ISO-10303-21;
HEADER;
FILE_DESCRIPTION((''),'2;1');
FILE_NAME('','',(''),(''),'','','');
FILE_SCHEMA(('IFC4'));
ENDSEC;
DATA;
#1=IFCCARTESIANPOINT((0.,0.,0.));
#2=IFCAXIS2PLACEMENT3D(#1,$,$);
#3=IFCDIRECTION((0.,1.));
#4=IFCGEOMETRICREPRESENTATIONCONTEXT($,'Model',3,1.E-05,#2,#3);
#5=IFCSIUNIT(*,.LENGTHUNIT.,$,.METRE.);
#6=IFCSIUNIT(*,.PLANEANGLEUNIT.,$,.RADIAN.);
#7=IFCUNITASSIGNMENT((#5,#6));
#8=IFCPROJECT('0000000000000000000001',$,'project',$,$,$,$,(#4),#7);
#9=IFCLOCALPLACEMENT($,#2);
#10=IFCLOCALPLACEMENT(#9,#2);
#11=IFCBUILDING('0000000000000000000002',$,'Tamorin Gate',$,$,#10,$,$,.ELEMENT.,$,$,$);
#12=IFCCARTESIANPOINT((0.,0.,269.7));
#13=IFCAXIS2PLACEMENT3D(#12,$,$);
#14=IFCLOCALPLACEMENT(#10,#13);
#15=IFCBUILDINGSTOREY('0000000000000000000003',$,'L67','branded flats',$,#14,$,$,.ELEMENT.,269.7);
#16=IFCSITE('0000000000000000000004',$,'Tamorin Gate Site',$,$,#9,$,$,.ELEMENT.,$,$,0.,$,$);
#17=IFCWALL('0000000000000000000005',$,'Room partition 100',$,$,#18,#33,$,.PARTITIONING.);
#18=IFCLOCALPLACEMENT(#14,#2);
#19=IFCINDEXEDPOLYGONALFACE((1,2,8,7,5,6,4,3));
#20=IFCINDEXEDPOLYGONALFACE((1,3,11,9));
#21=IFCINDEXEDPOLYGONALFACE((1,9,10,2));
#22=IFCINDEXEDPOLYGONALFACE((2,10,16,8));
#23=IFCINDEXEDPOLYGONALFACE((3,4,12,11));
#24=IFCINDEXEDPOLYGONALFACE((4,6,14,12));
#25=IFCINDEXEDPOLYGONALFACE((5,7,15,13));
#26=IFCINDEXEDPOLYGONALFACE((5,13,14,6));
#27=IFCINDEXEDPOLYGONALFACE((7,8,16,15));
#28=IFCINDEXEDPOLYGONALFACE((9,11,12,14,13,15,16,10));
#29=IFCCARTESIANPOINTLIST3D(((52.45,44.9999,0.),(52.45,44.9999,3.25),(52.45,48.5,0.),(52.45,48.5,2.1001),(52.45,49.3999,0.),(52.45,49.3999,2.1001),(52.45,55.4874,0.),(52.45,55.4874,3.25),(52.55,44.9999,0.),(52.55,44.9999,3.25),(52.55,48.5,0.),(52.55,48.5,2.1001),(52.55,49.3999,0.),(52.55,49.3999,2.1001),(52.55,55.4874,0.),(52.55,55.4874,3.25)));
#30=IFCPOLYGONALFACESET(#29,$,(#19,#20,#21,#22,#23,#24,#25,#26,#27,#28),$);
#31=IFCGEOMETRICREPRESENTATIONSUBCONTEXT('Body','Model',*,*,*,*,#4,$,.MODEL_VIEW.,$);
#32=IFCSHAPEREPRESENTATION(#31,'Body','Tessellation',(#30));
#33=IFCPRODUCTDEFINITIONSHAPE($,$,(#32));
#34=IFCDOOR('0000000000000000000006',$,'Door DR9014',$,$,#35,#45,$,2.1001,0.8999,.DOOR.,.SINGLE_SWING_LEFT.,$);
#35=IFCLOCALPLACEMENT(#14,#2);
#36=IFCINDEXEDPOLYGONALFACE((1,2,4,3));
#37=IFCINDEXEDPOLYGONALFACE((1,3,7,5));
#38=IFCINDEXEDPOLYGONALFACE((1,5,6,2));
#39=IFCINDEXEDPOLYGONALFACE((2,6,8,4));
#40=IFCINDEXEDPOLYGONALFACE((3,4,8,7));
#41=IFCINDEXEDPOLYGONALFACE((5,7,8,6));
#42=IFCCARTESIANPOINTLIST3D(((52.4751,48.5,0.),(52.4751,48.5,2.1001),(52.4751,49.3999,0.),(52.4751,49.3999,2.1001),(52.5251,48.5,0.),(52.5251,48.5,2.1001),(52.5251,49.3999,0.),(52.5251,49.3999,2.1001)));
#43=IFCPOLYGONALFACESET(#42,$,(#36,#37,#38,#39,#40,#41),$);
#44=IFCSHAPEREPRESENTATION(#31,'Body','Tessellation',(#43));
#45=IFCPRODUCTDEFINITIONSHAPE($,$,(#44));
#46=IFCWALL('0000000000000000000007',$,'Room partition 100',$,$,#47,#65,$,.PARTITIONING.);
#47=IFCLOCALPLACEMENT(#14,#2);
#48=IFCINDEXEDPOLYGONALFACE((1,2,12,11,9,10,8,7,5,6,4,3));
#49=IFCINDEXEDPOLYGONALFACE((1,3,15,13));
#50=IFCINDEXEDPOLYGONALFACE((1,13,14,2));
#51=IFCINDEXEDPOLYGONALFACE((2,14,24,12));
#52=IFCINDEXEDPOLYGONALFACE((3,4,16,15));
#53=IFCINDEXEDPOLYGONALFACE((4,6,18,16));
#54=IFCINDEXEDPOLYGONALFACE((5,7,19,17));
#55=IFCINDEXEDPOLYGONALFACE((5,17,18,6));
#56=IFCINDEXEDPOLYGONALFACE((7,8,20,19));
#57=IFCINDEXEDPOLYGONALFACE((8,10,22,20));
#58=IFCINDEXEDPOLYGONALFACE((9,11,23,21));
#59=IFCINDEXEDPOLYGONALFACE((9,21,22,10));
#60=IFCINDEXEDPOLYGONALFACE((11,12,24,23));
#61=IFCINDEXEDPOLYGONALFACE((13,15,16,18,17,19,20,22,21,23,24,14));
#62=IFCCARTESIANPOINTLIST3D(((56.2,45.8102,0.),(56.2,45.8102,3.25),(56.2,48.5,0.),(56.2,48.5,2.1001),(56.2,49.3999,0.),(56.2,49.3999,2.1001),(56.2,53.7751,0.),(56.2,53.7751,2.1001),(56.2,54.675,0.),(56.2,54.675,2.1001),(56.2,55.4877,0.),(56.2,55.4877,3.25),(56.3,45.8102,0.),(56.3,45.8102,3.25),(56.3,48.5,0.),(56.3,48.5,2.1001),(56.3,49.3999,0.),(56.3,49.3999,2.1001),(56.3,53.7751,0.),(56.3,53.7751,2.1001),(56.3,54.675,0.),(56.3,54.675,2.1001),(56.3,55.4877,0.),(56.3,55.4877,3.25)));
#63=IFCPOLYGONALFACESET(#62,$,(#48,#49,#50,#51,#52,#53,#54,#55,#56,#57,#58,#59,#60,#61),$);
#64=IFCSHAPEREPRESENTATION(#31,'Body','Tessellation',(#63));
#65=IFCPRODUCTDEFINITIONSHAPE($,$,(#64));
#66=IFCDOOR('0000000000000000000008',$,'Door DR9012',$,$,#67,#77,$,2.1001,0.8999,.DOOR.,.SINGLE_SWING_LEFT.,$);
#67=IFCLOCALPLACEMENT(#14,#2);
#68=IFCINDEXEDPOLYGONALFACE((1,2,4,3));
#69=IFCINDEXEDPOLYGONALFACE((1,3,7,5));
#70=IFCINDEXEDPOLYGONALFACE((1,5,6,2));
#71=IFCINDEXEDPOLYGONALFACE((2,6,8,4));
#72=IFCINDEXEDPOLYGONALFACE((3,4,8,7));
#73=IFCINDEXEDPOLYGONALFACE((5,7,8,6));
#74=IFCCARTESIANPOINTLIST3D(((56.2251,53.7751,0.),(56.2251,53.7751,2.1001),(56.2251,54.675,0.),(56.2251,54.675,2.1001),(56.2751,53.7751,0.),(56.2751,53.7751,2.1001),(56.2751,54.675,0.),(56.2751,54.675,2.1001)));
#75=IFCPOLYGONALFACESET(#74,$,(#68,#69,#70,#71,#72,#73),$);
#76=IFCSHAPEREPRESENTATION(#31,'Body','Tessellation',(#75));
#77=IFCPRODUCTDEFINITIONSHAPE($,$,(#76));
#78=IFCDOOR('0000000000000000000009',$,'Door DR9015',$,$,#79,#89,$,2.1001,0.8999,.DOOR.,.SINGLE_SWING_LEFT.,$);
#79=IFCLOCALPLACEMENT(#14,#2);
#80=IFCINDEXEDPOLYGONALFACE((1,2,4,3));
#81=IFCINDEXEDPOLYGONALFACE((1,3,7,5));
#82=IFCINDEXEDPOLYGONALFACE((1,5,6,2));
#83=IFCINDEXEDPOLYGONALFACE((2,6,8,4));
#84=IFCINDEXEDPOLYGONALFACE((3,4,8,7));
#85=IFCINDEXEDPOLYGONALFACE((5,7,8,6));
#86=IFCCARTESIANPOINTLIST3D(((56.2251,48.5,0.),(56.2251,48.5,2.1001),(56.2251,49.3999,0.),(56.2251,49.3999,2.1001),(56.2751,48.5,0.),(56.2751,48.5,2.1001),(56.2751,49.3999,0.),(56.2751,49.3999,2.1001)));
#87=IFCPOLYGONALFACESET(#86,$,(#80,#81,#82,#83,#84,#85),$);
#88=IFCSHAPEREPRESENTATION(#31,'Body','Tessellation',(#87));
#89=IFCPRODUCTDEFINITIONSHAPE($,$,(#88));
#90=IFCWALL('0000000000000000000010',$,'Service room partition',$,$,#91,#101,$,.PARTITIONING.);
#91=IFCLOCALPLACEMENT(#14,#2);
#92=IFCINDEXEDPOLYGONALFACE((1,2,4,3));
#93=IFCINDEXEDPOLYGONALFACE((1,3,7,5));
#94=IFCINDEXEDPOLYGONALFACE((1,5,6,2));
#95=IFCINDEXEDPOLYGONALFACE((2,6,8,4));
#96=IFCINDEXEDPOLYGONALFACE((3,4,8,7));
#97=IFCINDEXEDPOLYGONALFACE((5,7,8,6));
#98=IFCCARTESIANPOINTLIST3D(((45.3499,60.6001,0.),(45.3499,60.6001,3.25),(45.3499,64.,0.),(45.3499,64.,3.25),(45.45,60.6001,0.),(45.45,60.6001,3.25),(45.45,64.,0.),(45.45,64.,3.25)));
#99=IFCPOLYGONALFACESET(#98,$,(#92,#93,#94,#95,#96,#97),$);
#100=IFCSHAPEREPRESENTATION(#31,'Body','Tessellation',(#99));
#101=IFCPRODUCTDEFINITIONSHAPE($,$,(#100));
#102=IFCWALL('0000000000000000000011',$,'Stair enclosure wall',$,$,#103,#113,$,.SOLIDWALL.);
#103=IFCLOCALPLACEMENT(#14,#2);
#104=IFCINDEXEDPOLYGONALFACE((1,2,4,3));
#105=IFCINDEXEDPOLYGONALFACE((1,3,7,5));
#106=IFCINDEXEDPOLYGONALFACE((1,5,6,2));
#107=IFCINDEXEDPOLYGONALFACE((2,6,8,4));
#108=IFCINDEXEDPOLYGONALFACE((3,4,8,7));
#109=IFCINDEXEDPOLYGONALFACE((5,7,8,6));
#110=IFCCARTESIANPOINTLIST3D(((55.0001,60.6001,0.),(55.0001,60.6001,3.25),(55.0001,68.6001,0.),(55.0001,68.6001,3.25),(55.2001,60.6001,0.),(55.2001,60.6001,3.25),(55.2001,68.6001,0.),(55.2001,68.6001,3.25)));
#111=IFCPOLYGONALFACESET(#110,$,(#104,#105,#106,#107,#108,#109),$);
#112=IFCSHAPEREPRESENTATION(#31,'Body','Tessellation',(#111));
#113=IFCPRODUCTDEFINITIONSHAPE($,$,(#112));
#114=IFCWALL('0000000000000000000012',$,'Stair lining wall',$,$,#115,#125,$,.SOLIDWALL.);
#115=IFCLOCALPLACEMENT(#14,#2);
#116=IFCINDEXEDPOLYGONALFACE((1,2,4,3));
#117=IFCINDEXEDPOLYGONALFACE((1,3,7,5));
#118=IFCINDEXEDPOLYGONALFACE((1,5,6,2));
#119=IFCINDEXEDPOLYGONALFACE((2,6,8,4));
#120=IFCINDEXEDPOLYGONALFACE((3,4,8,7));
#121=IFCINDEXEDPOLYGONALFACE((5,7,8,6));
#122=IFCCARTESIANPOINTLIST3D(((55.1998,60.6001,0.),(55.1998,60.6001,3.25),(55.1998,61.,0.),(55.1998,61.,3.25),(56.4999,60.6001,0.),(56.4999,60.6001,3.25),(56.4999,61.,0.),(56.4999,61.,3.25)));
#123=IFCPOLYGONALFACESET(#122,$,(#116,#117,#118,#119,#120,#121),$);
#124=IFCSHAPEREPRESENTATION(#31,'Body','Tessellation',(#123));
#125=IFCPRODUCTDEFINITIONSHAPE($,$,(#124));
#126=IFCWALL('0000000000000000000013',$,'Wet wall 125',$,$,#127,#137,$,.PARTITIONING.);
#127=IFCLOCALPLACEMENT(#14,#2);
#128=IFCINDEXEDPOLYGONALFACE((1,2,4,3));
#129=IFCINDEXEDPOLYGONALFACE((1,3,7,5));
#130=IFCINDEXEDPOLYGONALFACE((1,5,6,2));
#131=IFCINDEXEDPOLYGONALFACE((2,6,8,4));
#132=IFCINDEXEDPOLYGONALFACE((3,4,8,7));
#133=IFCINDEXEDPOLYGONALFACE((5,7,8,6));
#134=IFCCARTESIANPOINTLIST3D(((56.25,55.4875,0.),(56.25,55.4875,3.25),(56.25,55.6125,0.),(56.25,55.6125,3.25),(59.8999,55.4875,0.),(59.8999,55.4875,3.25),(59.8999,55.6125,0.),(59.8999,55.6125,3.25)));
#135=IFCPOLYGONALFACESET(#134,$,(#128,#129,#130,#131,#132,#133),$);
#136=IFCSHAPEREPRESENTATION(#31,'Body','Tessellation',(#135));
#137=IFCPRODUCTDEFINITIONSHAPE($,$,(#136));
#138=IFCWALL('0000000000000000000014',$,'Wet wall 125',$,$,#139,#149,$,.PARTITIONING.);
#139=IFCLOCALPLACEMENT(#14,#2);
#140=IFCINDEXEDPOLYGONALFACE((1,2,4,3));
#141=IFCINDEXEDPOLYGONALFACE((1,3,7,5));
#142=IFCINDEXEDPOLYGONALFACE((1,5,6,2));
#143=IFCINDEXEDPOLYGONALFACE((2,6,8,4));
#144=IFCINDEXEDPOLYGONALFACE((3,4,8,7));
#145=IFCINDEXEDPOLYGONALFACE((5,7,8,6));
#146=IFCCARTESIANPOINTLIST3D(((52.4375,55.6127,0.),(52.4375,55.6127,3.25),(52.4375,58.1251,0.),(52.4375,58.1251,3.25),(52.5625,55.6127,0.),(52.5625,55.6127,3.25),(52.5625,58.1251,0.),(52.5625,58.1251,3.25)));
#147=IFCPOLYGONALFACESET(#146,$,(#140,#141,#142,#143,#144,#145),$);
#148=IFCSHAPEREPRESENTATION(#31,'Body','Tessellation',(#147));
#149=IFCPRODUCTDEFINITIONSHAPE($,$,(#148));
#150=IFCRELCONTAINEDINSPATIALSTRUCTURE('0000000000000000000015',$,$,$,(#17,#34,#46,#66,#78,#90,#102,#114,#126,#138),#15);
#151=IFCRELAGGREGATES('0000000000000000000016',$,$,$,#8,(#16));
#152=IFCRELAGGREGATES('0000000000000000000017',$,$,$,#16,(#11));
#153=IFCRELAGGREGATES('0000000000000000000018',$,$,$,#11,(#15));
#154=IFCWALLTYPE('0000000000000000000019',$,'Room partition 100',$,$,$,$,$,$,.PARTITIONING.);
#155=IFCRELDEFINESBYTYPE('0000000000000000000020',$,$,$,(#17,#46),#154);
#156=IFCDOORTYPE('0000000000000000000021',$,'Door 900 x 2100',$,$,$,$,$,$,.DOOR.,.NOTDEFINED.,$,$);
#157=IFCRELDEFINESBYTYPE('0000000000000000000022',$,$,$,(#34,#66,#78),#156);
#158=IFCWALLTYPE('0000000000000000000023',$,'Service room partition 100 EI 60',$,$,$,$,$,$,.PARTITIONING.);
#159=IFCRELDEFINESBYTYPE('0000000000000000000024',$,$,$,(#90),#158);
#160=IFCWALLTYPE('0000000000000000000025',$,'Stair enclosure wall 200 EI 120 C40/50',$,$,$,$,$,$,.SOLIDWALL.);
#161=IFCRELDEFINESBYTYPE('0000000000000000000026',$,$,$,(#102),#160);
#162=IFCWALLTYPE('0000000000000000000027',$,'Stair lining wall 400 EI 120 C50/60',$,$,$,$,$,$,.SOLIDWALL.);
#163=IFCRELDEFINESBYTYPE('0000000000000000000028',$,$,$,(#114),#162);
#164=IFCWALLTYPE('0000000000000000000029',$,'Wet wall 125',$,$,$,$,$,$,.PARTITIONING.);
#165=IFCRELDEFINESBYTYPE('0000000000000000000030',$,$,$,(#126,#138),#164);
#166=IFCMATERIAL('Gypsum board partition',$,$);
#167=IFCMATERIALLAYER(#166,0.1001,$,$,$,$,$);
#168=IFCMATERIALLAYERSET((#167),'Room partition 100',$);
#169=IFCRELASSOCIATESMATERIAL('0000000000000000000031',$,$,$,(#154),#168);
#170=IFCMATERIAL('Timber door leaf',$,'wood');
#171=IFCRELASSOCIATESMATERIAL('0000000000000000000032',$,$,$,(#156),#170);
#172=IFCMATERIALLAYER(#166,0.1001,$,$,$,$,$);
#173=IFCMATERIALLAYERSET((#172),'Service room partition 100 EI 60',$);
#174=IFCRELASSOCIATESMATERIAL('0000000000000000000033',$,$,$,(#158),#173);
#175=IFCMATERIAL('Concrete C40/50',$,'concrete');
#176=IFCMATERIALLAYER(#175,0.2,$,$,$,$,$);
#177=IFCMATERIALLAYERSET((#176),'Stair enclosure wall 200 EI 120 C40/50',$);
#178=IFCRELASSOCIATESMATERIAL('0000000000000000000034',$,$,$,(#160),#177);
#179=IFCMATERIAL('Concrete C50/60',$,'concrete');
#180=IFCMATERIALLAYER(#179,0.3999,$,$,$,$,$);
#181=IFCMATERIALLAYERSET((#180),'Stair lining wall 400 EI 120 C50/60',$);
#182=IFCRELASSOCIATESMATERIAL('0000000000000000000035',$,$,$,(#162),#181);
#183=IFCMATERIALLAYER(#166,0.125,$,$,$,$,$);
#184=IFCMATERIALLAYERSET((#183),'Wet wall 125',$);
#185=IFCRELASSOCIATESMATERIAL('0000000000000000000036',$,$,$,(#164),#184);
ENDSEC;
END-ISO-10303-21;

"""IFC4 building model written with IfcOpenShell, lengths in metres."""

from ifc_helpers import new_model, si_unit, direction, frame, frame_2d, origin, place, context, subcontext, project, spatial, rectangle, extrude, material, layer, layer_set, type_object, element, fill, save


model = new_model("IFC4")

# Units and contexts
model_context = context("Model", 3, precision=1e-05, world=origin(), true_north=direction((0.0, 1.0)))
body_context = subcontext(model_context, "Body", "Model", "MODEL_VIEW")
ifc_project = project(units=[si_unit("LENGTHUNIT", "METRE"), si_unit("PLANEANGLEUNIT", "RADIAN")], contexts=[model_context])

# Site, building, storey
site_placement = place(None, origin())
site = spatial("IfcSite", under=ifc_project, at=site_placement, Name="Tamorin Gate Site", CompositionType="ELEMENT", RefElevation=0.0)
building_placement = place(site_placement, origin())
building = spatial("IfcBuilding", under=site, at=building_placement, Name="Tamorin Gate", CompositionType="ELEMENT")
storey_placement = place(building_placement, frame((0.0, 0.0, 269.7)))
storey = spatial("IfcBuildingStorey", under=building, at=storey_placement, Name="L67", Description="branded flats", CompositionType="ELEMENT", Elevation=269.7)

# Shared definitions
ifc_material_1 = material(Name="Concrete C50/60", Category="concrete")

# Shared definitions
ifc_material_2 = material(Name="Gypsum board partition")

# Wall, opening, door
ifc_layer_1 = layer(ifc_material_2, 0.1001)
ifc_layer_set_1 = layer_set([ifc_layer_1], Name="Room partition 100")
wall_type_1 = type_object("IfcWallType", Name="Room partition 100", PredefinedType="PARTITIONING", material=ifc_layer_set_1)
wall_1_placement = place(storey_placement, frame((52.5, 45.0, 0.0), z_axis=(0.0, 0.0, 1.0), x_axis=(0.0, 1.0, 0.0)))
wall_1 = element("IfcWall", 1, at=wall_1_placement, inside=storey, type_object=wall_type_1, Name="Room partition 100", PredefinedType="PARTITIONING", context=body_context, shape_type="SweptSolid", body=[
    extrude(rectangle(XDim=10.4875, YDim=0.1001, at=frame_2d((5.2437, 0.0))), origin(), (0.0, 0.0, 1.0), 3.25),
])
opening_1_placement = place(wall_1_placement, frame((3.5, 0.0, 0.0)))
opening_1 = element("IfcOpeningElement", 2, at=opening_1_placement, cuts=wall_1, PredefinedType="OPENING", context=body_context, shape_type="SweptSolid", body=[
    extrude(rectangle(XDim=0.8999, YDim=2.1001, at=frame_2d((0.45, 1.05))), frame((0.0, 0.0601, 0.0), z_axis=(0.0, -1.0, 0.0), x_axis=(1.0, 0.0, 0.0)), (0.0, 0.0, 1.0), 0.1201),
])
ifc_material_3 = material(Name="Timber door leaf", Category="wood")
door_type = type_object("IfcDoorType", Name="Door 900 x 2100", OperationType="NOTDEFINED", PredefinedType="DOOR", material=ifc_material_3)
door_1_placement = place(opening_1_placement, origin())
door_1 = element("IfcDoor", 3, at=door_1_placement, inside=storey, type_object=door_type, Name="Door DR9014", OperationType="SINGLE_SWING_LEFT", OverallHeight=2.1001, OverallWidth=0.8999, PredefinedType="DOOR", context=body_context, shape_type="SweptSolid", body=[
    extrude(rectangle(XDim=0.8999, YDim=2.1001, at=frame_2d((0.45, 1.05))), frame((0.0, 0.0249, 0.0), z_axis=(0.0, -1.0, 0.0), x_axis=(1.0, 0.0, 0.0)), (0.0, 0.0, 1.0), 0.05),
])
fill(opening_1, door_1)

# Wall, openings, doors
wall_2_placement = place(storey_placement, frame((56.25, 45.8101, 0.0), z_axis=(0.0, 0.0, 1.0), x_axis=(0.0, 1.0, 0.0)))
wall_2 = element("IfcWall", 4, at=wall_2_placement, inside=storey, type_object=wall_type_1, Name="Room partition 100", PredefinedType="PARTITIONING", context=body_context, shape_type="SweptSolid", body=[
    extrude(rectangle(XDim=9.6775, YDim=0.1001, at=frame_2d((4.8389, 0.0))), origin(), (0.0, 0.0, 1.0), 3.25),
])
opening_2_placement = place(wall_2_placement, frame((7.9651, 0.0, 0.0)))
opening_2 = element("IfcOpeningElement", 5, at=opening_2_placement, cuts=wall_2, PredefinedType="OPENING", context=body_context, shape_type="SweptSolid", body=[
    extrude(rectangle(XDim=0.8999, YDim=2.1001, at=frame_2d((0.45, 1.05))), frame((0.0, 0.0601, 0.0), z_axis=(0.0, -1.0, 0.0), x_axis=(1.0, 0.0, 0.0)), (0.0, 0.0, 1.0), 0.1201),
])
opening_3_placement = place(wall_2_placement, frame((2.6899, 0.0, 0.0)))
opening_3 = element("IfcOpeningElement", 6, at=opening_3_placement, cuts=wall_2, PredefinedType="OPENING", context=body_context, shape_type="SweptSolid", body=[
    extrude(rectangle(XDim=0.8999, YDim=2.1001, at=frame_2d((0.45, 1.05))), frame((0.0, 0.0601, 0.0), z_axis=(0.0, -1.0, 0.0), x_axis=(1.0, 0.0, 0.0)), (0.0, 0.0, 1.0), 0.1201),
])
door_2_placement = place(opening_2_placement, origin())
door_2 = element("IfcDoor", 7, at=door_2_placement, inside=storey, type_object=door_type, Name="Door DR9012", OperationType="SINGLE_SWING_LEFT", OverallHeight=2.1001, OverallWidth=0.8999, PredefinedType="DOOR", context=body_context, shape_type="SweptSolid", body=[
    extrude(rectangle(XDim=0.8999, YDim=2.1001, at=frame_2d((0.45, 1.05))), frame((0.0, 0.0249, 0.0), z_axis=(0.0, -1.0, 0.0), x_axis=(1.0, 0.0, 0.0)), (0.0, 0.0, 1.0), 0.05),
])
fill(opening_2, door_2)
door_3_placement = place(opening_3_placement, origin())
door_3 = element("IfcDoor", 8, at=door_3_placement, inside=storey, type_object=door_type, Name="Door DR9015", OperationType="SINGLE_SWING_LEFT", OverallHeight=2.1001, OverallWidth=0.8999, PredefinedType="DOOR", context=body_context, shape_type="SweptSolid", body=[
    extrude(rectangle(XDim=0.8999, YDim=2.1001, at=frame_2d((0.45, 1.05))), frame((0.0, 0.0249, 0.0), z_axis=(0.0, -1.0, 0.0), x_axis=(1.0, 0.0, 0.0)), (0.0, 0.0, 1.0), 0.05),
])
fill(opening_3, door_3)

# Walls
ifc_layer_2 = layer(ifc_material_2, 0.1001)
ifc_layer_set_2 = layer_set([ifc_layer_2], Name="Service room partition 100 EI 60")
wall_type_2 = type_object("IfcWallType", Name="Service room partition 100 EI 60", PredefinedType="PARTITIONING", material=ifc_layer_set_2)
wall_3_placement = place(storey_placement, frame((45.3999, 60.6001, 0.0), z_axis=(0.0, 0.0, 1.0), x_axis=(0.0, 1.0, 0.0)))
element("IfcWall", 9, at=wall_3_placement, inside=storey, type_object=wall_type_2, Name="Service room partition", PredefinedType="PARTITIONING", context=body_context, shape_type="SweptSolid", body=[
    extrude(rectangle(XDim=3.3999, YDim=0.1001, at=frame_2d((1.7, 0.0))), origin(), (0.0, 0.0, 1.0), 3.25),
])
ifc_material_4 = material(Name="Concrete C40/50", Category="concrete")
ifc_layer_3 = layer(ifc_material_4, 0.2)
ifc_layer_set_3 = layer_set([ifc_layer_3], Name="Stair enclosure wall 200 EI 120 C40/50")
wall_type_3 = type_object("IfcWallType", Name="Stair enclosure wall 200 EI 120 C40/50", PredefinedType="SOLIDWALL", material=ifc_layer_set_3)
wall_4_placement = place(storey_placement, frame((55.1001, 60.6001, 0.0), z_axis=(0.0, 0.0, 1.0), x_axis=(0.0, 1.0, 0.0)))
element("IfcWall", 10, at=wall_4_placement, inside=storey, type_object=wall_type_3, Name="Stair enclosure wall", PredefinedType="SOLIDWALL", context=body_context, shape_type="SweptSolid", body=[
    extrude(rectangle(XDim=8.0, YDim=0.2, at=frame_2d((4.0, 0.0))), origin(), (0.0, 0.0, 1.0), 3.25),
])
ifc_layer_4 = layer(ifc_material_1, 0.3999)
ifc_layer_set_4 = layer_set([ifc_layer_4], Name="Stair lining wall 400 EI 120 C50/60")
wall_type_4 = type_object("IfcWallType", Name="Stair lining wall 400 EI 120 C50/60", PredefinedType="SOLIDWALL", material=ifc_layer_set_4)
wall_5_placement = place(storey_placement, frame((55.2, 60.8, 0.0), z_axis=(0.0, 0.0, 1.0), x_axis=(1.0, 0.0, 0.0)))
element("IfcWall", 11, at=wall_5_placement, inside=storey, type_object=wall_type_4, Name="Stair lining wall", PredefinedType="SOLIDWALL", context=body_context, shape_type="SweptSolid", body=[
    extrude(rectangle(XDim=1.3, YDim=0.3999, at=frame_2d((0.6499, 0.0))), origin(), (0.0, 0.0, 1.0), 3.25),
])
ifc_layer_5 = layer(ifc_material_2, 0.125)
ifc_layer_set_5 = layer_set([ifc_layer_5], Name="Wet wall 125")
wall_type_5 = type_object("IfcWallType", Name="Wet wall 125", PredefinedType="PARTITIONING", material=ifc_layer_set_5)
wall_6_placement = place(storey_placement, frame((56.25, 55.55, 0.0), z_axis=(0.0, 0.0, 1.0), x_axis=(1.0, 0.0, 0.0)))
element("IfcWall", 12, at=wall_6_placement, inside=storey, type_object=wall_type_5, Name="Wet wall 125", PredefinedType="PARTITIONING", context=body_context, shape_type="SweptSolid", body=[
    extrude(rectangle(XDim=3.6499, YDim=0.125, at=frame_2d((1.825, 0.0))), origin(), (0.0, 0.0, 1.0), 3.25),
])
wall_7_placement = place(storey_placement, frame((52.5, 55.6125, 0.0), z_axis=(0.0, 0.0, 1.0), x_axis=(0.0, 1.0, 0.0)))
element("IfcWall", 13, at=wall_7_placement, inside=storey, type_object=wall_type_5, Name="Wet wall 125", PredefinedType="PARTITIONING", context=body_context, shape_type="SweptSolid", body=[
    extrude(rectangle(XDim=2.5125, YDim=0.125, at=frame_2d((1.2563, 0.0))), origin(), (0.0, 0.0, 1.0), 3.25),
])

save(model, "model.ifc")
